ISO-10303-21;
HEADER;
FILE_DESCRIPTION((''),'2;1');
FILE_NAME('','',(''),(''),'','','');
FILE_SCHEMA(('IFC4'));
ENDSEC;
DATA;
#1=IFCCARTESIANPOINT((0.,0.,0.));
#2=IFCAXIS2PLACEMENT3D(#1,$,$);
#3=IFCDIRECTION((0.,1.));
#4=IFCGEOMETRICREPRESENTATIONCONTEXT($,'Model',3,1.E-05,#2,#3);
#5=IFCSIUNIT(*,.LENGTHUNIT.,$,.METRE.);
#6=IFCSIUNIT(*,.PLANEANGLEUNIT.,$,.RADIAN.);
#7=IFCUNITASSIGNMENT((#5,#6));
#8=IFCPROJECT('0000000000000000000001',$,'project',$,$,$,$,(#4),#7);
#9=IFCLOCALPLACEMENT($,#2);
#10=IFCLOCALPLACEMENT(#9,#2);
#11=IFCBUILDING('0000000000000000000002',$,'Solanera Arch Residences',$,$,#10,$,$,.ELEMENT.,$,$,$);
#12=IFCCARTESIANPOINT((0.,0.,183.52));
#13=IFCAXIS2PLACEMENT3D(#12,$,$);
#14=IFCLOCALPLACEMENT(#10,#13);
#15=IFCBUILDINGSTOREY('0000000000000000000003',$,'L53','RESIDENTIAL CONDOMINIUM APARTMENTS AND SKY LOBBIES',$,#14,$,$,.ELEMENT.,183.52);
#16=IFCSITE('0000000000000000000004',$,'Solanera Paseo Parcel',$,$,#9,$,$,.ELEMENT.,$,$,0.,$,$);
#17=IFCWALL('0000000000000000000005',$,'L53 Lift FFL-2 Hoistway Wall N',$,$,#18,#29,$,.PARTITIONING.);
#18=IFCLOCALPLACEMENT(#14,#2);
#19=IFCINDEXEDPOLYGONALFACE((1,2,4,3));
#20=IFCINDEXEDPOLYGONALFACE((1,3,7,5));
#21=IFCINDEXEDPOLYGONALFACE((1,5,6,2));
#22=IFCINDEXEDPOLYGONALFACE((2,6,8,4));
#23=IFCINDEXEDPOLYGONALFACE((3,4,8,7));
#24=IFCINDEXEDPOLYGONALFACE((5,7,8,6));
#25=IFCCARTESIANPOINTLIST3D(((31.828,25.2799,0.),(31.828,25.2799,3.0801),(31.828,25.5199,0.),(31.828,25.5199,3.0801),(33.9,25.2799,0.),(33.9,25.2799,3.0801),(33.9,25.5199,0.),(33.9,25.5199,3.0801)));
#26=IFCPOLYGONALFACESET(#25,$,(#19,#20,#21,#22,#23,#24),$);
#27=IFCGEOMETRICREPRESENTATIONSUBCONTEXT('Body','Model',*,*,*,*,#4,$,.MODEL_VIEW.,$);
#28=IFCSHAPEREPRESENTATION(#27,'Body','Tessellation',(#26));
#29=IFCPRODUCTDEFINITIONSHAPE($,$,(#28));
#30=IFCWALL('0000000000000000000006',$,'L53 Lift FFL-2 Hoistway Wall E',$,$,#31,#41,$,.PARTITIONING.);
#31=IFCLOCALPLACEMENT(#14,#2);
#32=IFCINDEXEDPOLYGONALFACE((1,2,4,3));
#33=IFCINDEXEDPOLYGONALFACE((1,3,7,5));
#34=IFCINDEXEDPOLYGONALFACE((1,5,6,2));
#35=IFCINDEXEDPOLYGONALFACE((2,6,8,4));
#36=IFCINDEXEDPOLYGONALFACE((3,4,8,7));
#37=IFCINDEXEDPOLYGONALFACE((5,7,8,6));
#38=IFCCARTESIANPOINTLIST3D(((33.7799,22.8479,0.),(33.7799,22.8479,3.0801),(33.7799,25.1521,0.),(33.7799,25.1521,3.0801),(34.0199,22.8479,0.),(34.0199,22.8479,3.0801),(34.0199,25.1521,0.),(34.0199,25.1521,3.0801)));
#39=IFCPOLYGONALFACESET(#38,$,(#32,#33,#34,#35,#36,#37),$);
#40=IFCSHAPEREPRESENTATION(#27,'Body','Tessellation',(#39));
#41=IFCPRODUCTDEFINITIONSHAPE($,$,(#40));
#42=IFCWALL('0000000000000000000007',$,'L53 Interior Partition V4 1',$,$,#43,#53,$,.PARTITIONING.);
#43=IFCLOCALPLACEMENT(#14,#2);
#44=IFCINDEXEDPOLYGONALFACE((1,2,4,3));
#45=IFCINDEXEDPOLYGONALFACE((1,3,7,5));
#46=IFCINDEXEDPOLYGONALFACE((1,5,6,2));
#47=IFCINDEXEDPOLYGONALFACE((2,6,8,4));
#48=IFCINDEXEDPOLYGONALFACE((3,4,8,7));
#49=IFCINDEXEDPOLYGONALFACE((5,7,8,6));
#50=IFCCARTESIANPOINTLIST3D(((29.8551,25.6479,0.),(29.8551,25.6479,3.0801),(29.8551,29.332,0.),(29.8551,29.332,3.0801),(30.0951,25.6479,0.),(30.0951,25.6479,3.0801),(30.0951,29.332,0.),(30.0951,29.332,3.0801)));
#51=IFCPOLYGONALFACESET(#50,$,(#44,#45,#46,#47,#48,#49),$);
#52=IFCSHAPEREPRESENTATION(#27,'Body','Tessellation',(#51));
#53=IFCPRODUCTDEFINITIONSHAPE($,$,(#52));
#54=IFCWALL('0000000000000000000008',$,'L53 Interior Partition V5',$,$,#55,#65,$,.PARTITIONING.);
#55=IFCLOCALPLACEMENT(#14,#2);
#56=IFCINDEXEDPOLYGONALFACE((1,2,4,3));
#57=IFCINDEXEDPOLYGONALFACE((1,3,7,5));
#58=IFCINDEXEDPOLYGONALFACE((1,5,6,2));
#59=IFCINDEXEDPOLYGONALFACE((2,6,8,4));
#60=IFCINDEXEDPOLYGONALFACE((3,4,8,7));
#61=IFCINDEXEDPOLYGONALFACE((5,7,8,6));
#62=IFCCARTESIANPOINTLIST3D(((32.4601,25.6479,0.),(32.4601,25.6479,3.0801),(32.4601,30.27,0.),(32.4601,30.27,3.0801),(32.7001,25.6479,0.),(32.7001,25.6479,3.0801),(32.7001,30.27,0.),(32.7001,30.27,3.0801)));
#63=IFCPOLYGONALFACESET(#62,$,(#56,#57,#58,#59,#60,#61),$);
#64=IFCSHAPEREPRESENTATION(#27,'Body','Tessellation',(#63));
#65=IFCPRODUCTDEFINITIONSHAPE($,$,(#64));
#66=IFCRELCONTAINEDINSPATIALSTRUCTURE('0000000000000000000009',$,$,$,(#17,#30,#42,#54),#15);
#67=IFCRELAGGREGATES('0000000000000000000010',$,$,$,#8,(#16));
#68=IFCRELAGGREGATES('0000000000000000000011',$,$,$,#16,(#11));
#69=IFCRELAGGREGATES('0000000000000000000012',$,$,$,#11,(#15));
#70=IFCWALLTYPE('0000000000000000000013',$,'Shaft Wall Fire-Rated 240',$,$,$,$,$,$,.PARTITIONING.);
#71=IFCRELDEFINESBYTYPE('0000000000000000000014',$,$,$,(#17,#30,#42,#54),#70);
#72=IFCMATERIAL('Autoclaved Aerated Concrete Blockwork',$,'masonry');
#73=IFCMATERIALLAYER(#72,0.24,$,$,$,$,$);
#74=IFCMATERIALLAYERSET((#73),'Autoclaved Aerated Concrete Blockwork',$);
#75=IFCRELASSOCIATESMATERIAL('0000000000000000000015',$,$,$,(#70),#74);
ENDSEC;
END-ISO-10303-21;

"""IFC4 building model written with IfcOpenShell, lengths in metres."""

from ifc_helpers import new_model, si_unit, direction, frame, frame_2d, origin, place, context, subcontext, project, spatial, rectangle, extrude, material, layer, layer_set, type_object, element, save


model = new_model("IFC4")

# Units and contexts
model_context = context("Model", 3, precision=1e-05, world=origin(), true_north=direction((0.0, 1.0)))
body_context = subcontext(model_context, "Body", "Model", "MODEL_VIEW")
ifc_project = project(units=[si_unit("LENGTHUNIT", "METRE"), si_unit("PLANEANGLEUNIT", "RADIAN")], contexts=[model_context])

# Site, building, storey
site_placement = place(None, origin())
site = spatial("IfcSite", under=ifc_project, at=site_placement, Name="Solanera Paseo Parcel", CompositionType="ELEMENT", RefElevation=0.0)
building_placement = place(site_placement, origin())
building = spatial("IfcBuilding", under=site, at=building_placement, Name="Solanera Arch Residences", CompositionType="ELEMENT")
storey_placement = place(building_placement, frame((0.0, 0.0, 183.52)))
storey = spatial("IfcBuildingStorey", under=building, at=storey_placement, Name="L53", Description="RESIDENTIAL CONDOMINIUM APARTMENTS AND SKY LOBBIES", CompositionType="ELEMENT", Elevation=183.52)

# Walls
ifc_material_1 = material(Name="Autoclaved Aerated Concrete Blockwork", Category="masonry")
ifc_layer_1 = layer(ifc_material_1, 0.24)
ifc_layer_set_1 = layer_set([ifc_layer_1], Name="Autoclaved Aerated Concrete Blockwork")
wall_type_1 = type_object("IfcWallType", Name="Shaft Wall Fire-Rated 240", PredefinedType="PARTITIONING", material=ifc_layer_set_1)
for number, where, z_axis, x_axis, name in (
    (1, (31.8279, 25.3999, 0.0), (0.0, 0.0, 1.0), (1.0, 0.0, 0.0), "L53 Lift FFL-2 Hoistway Wall N"),
):
    element("IfcWall", number, at=place(storey_placement, frame(where, z_axis=z_axis, x_axis=x_axis)), inside=storey, type_object=wall_type_1, Name=name, PredefinedType="PARTITIONING", context=body_context, shape_type="SweptSolid", body=[
        extrude(rectangle(XDim=2.072, YDim=0.24, at=frame_2d((1.0361, 0.0))), origin(), (0.0, 0.0, 1.0), 3.0801),
    ])
wall_1_placement = place(storey_placement, frame((33.8999, 22.8479, 0.0), z_axis=(0.0, 0.0, 1.0), x_axis=(0.0, 1.0, 0.0)))
element("IfcWall", 2, at=wall_1_placement, inside=storey, type_object=wall_type_1, Name="L53 Lift FFL-2 Hoistway Wall E", PredefinedType="PARTITIONING", context=body_context, shape_type="SweptSolid", body=[
    extrude(rectangle(XDim=2.3042, YDim=0.24, at=frame_2d((1.1521, 0.0))), origin(), (0.0, 0.0, 1.0), 3.0801),
])
wall_2_placement = place(storey_placement, frame((29.9751, 25.6479, 0.0), z_axis=(0.0, 0.0, 1.0), x_axis=(0.0, 1.0, 0.0)))
element("IfcWall", 3, at=wall_2_placement, inside=storey, type_object=wall_type_1, Name="L53 Interior Partition V4 1", PredefinedType="PARTITIONING", context=body_context, shape_type="SweptSolid", body=[
    extrude(rectangle(XDim=3.6841, YDim=0.24, at=frame_2d((1.842, 0.0))), origin(), (0.0, 0.0, 1.0), 3.0801),
])

# Wall
wall_3_placement = place(storey_placement, frame((32.5801, 25.6479, 0.0), z_axis=(0.0, 0.0, 1.0), x_axis=(0.0, 1.0, 0.0)))
element("IfcWall", 4, at=wall_3_placement, inside=storey, type_object=wall_type_1, Name="L53 Interior Partition V5", PredefinedType="PARTITIONING", context=body_context, shape_type="SweptSolid", body=[
    extrude(rectangle(XDim=4.6221, YDim=0.24, at=frame_2d((2.311, 0.0))), origin(), (0.0, 0.0, 1.0), 3.0801),
])

save(model, "model.ifc")
